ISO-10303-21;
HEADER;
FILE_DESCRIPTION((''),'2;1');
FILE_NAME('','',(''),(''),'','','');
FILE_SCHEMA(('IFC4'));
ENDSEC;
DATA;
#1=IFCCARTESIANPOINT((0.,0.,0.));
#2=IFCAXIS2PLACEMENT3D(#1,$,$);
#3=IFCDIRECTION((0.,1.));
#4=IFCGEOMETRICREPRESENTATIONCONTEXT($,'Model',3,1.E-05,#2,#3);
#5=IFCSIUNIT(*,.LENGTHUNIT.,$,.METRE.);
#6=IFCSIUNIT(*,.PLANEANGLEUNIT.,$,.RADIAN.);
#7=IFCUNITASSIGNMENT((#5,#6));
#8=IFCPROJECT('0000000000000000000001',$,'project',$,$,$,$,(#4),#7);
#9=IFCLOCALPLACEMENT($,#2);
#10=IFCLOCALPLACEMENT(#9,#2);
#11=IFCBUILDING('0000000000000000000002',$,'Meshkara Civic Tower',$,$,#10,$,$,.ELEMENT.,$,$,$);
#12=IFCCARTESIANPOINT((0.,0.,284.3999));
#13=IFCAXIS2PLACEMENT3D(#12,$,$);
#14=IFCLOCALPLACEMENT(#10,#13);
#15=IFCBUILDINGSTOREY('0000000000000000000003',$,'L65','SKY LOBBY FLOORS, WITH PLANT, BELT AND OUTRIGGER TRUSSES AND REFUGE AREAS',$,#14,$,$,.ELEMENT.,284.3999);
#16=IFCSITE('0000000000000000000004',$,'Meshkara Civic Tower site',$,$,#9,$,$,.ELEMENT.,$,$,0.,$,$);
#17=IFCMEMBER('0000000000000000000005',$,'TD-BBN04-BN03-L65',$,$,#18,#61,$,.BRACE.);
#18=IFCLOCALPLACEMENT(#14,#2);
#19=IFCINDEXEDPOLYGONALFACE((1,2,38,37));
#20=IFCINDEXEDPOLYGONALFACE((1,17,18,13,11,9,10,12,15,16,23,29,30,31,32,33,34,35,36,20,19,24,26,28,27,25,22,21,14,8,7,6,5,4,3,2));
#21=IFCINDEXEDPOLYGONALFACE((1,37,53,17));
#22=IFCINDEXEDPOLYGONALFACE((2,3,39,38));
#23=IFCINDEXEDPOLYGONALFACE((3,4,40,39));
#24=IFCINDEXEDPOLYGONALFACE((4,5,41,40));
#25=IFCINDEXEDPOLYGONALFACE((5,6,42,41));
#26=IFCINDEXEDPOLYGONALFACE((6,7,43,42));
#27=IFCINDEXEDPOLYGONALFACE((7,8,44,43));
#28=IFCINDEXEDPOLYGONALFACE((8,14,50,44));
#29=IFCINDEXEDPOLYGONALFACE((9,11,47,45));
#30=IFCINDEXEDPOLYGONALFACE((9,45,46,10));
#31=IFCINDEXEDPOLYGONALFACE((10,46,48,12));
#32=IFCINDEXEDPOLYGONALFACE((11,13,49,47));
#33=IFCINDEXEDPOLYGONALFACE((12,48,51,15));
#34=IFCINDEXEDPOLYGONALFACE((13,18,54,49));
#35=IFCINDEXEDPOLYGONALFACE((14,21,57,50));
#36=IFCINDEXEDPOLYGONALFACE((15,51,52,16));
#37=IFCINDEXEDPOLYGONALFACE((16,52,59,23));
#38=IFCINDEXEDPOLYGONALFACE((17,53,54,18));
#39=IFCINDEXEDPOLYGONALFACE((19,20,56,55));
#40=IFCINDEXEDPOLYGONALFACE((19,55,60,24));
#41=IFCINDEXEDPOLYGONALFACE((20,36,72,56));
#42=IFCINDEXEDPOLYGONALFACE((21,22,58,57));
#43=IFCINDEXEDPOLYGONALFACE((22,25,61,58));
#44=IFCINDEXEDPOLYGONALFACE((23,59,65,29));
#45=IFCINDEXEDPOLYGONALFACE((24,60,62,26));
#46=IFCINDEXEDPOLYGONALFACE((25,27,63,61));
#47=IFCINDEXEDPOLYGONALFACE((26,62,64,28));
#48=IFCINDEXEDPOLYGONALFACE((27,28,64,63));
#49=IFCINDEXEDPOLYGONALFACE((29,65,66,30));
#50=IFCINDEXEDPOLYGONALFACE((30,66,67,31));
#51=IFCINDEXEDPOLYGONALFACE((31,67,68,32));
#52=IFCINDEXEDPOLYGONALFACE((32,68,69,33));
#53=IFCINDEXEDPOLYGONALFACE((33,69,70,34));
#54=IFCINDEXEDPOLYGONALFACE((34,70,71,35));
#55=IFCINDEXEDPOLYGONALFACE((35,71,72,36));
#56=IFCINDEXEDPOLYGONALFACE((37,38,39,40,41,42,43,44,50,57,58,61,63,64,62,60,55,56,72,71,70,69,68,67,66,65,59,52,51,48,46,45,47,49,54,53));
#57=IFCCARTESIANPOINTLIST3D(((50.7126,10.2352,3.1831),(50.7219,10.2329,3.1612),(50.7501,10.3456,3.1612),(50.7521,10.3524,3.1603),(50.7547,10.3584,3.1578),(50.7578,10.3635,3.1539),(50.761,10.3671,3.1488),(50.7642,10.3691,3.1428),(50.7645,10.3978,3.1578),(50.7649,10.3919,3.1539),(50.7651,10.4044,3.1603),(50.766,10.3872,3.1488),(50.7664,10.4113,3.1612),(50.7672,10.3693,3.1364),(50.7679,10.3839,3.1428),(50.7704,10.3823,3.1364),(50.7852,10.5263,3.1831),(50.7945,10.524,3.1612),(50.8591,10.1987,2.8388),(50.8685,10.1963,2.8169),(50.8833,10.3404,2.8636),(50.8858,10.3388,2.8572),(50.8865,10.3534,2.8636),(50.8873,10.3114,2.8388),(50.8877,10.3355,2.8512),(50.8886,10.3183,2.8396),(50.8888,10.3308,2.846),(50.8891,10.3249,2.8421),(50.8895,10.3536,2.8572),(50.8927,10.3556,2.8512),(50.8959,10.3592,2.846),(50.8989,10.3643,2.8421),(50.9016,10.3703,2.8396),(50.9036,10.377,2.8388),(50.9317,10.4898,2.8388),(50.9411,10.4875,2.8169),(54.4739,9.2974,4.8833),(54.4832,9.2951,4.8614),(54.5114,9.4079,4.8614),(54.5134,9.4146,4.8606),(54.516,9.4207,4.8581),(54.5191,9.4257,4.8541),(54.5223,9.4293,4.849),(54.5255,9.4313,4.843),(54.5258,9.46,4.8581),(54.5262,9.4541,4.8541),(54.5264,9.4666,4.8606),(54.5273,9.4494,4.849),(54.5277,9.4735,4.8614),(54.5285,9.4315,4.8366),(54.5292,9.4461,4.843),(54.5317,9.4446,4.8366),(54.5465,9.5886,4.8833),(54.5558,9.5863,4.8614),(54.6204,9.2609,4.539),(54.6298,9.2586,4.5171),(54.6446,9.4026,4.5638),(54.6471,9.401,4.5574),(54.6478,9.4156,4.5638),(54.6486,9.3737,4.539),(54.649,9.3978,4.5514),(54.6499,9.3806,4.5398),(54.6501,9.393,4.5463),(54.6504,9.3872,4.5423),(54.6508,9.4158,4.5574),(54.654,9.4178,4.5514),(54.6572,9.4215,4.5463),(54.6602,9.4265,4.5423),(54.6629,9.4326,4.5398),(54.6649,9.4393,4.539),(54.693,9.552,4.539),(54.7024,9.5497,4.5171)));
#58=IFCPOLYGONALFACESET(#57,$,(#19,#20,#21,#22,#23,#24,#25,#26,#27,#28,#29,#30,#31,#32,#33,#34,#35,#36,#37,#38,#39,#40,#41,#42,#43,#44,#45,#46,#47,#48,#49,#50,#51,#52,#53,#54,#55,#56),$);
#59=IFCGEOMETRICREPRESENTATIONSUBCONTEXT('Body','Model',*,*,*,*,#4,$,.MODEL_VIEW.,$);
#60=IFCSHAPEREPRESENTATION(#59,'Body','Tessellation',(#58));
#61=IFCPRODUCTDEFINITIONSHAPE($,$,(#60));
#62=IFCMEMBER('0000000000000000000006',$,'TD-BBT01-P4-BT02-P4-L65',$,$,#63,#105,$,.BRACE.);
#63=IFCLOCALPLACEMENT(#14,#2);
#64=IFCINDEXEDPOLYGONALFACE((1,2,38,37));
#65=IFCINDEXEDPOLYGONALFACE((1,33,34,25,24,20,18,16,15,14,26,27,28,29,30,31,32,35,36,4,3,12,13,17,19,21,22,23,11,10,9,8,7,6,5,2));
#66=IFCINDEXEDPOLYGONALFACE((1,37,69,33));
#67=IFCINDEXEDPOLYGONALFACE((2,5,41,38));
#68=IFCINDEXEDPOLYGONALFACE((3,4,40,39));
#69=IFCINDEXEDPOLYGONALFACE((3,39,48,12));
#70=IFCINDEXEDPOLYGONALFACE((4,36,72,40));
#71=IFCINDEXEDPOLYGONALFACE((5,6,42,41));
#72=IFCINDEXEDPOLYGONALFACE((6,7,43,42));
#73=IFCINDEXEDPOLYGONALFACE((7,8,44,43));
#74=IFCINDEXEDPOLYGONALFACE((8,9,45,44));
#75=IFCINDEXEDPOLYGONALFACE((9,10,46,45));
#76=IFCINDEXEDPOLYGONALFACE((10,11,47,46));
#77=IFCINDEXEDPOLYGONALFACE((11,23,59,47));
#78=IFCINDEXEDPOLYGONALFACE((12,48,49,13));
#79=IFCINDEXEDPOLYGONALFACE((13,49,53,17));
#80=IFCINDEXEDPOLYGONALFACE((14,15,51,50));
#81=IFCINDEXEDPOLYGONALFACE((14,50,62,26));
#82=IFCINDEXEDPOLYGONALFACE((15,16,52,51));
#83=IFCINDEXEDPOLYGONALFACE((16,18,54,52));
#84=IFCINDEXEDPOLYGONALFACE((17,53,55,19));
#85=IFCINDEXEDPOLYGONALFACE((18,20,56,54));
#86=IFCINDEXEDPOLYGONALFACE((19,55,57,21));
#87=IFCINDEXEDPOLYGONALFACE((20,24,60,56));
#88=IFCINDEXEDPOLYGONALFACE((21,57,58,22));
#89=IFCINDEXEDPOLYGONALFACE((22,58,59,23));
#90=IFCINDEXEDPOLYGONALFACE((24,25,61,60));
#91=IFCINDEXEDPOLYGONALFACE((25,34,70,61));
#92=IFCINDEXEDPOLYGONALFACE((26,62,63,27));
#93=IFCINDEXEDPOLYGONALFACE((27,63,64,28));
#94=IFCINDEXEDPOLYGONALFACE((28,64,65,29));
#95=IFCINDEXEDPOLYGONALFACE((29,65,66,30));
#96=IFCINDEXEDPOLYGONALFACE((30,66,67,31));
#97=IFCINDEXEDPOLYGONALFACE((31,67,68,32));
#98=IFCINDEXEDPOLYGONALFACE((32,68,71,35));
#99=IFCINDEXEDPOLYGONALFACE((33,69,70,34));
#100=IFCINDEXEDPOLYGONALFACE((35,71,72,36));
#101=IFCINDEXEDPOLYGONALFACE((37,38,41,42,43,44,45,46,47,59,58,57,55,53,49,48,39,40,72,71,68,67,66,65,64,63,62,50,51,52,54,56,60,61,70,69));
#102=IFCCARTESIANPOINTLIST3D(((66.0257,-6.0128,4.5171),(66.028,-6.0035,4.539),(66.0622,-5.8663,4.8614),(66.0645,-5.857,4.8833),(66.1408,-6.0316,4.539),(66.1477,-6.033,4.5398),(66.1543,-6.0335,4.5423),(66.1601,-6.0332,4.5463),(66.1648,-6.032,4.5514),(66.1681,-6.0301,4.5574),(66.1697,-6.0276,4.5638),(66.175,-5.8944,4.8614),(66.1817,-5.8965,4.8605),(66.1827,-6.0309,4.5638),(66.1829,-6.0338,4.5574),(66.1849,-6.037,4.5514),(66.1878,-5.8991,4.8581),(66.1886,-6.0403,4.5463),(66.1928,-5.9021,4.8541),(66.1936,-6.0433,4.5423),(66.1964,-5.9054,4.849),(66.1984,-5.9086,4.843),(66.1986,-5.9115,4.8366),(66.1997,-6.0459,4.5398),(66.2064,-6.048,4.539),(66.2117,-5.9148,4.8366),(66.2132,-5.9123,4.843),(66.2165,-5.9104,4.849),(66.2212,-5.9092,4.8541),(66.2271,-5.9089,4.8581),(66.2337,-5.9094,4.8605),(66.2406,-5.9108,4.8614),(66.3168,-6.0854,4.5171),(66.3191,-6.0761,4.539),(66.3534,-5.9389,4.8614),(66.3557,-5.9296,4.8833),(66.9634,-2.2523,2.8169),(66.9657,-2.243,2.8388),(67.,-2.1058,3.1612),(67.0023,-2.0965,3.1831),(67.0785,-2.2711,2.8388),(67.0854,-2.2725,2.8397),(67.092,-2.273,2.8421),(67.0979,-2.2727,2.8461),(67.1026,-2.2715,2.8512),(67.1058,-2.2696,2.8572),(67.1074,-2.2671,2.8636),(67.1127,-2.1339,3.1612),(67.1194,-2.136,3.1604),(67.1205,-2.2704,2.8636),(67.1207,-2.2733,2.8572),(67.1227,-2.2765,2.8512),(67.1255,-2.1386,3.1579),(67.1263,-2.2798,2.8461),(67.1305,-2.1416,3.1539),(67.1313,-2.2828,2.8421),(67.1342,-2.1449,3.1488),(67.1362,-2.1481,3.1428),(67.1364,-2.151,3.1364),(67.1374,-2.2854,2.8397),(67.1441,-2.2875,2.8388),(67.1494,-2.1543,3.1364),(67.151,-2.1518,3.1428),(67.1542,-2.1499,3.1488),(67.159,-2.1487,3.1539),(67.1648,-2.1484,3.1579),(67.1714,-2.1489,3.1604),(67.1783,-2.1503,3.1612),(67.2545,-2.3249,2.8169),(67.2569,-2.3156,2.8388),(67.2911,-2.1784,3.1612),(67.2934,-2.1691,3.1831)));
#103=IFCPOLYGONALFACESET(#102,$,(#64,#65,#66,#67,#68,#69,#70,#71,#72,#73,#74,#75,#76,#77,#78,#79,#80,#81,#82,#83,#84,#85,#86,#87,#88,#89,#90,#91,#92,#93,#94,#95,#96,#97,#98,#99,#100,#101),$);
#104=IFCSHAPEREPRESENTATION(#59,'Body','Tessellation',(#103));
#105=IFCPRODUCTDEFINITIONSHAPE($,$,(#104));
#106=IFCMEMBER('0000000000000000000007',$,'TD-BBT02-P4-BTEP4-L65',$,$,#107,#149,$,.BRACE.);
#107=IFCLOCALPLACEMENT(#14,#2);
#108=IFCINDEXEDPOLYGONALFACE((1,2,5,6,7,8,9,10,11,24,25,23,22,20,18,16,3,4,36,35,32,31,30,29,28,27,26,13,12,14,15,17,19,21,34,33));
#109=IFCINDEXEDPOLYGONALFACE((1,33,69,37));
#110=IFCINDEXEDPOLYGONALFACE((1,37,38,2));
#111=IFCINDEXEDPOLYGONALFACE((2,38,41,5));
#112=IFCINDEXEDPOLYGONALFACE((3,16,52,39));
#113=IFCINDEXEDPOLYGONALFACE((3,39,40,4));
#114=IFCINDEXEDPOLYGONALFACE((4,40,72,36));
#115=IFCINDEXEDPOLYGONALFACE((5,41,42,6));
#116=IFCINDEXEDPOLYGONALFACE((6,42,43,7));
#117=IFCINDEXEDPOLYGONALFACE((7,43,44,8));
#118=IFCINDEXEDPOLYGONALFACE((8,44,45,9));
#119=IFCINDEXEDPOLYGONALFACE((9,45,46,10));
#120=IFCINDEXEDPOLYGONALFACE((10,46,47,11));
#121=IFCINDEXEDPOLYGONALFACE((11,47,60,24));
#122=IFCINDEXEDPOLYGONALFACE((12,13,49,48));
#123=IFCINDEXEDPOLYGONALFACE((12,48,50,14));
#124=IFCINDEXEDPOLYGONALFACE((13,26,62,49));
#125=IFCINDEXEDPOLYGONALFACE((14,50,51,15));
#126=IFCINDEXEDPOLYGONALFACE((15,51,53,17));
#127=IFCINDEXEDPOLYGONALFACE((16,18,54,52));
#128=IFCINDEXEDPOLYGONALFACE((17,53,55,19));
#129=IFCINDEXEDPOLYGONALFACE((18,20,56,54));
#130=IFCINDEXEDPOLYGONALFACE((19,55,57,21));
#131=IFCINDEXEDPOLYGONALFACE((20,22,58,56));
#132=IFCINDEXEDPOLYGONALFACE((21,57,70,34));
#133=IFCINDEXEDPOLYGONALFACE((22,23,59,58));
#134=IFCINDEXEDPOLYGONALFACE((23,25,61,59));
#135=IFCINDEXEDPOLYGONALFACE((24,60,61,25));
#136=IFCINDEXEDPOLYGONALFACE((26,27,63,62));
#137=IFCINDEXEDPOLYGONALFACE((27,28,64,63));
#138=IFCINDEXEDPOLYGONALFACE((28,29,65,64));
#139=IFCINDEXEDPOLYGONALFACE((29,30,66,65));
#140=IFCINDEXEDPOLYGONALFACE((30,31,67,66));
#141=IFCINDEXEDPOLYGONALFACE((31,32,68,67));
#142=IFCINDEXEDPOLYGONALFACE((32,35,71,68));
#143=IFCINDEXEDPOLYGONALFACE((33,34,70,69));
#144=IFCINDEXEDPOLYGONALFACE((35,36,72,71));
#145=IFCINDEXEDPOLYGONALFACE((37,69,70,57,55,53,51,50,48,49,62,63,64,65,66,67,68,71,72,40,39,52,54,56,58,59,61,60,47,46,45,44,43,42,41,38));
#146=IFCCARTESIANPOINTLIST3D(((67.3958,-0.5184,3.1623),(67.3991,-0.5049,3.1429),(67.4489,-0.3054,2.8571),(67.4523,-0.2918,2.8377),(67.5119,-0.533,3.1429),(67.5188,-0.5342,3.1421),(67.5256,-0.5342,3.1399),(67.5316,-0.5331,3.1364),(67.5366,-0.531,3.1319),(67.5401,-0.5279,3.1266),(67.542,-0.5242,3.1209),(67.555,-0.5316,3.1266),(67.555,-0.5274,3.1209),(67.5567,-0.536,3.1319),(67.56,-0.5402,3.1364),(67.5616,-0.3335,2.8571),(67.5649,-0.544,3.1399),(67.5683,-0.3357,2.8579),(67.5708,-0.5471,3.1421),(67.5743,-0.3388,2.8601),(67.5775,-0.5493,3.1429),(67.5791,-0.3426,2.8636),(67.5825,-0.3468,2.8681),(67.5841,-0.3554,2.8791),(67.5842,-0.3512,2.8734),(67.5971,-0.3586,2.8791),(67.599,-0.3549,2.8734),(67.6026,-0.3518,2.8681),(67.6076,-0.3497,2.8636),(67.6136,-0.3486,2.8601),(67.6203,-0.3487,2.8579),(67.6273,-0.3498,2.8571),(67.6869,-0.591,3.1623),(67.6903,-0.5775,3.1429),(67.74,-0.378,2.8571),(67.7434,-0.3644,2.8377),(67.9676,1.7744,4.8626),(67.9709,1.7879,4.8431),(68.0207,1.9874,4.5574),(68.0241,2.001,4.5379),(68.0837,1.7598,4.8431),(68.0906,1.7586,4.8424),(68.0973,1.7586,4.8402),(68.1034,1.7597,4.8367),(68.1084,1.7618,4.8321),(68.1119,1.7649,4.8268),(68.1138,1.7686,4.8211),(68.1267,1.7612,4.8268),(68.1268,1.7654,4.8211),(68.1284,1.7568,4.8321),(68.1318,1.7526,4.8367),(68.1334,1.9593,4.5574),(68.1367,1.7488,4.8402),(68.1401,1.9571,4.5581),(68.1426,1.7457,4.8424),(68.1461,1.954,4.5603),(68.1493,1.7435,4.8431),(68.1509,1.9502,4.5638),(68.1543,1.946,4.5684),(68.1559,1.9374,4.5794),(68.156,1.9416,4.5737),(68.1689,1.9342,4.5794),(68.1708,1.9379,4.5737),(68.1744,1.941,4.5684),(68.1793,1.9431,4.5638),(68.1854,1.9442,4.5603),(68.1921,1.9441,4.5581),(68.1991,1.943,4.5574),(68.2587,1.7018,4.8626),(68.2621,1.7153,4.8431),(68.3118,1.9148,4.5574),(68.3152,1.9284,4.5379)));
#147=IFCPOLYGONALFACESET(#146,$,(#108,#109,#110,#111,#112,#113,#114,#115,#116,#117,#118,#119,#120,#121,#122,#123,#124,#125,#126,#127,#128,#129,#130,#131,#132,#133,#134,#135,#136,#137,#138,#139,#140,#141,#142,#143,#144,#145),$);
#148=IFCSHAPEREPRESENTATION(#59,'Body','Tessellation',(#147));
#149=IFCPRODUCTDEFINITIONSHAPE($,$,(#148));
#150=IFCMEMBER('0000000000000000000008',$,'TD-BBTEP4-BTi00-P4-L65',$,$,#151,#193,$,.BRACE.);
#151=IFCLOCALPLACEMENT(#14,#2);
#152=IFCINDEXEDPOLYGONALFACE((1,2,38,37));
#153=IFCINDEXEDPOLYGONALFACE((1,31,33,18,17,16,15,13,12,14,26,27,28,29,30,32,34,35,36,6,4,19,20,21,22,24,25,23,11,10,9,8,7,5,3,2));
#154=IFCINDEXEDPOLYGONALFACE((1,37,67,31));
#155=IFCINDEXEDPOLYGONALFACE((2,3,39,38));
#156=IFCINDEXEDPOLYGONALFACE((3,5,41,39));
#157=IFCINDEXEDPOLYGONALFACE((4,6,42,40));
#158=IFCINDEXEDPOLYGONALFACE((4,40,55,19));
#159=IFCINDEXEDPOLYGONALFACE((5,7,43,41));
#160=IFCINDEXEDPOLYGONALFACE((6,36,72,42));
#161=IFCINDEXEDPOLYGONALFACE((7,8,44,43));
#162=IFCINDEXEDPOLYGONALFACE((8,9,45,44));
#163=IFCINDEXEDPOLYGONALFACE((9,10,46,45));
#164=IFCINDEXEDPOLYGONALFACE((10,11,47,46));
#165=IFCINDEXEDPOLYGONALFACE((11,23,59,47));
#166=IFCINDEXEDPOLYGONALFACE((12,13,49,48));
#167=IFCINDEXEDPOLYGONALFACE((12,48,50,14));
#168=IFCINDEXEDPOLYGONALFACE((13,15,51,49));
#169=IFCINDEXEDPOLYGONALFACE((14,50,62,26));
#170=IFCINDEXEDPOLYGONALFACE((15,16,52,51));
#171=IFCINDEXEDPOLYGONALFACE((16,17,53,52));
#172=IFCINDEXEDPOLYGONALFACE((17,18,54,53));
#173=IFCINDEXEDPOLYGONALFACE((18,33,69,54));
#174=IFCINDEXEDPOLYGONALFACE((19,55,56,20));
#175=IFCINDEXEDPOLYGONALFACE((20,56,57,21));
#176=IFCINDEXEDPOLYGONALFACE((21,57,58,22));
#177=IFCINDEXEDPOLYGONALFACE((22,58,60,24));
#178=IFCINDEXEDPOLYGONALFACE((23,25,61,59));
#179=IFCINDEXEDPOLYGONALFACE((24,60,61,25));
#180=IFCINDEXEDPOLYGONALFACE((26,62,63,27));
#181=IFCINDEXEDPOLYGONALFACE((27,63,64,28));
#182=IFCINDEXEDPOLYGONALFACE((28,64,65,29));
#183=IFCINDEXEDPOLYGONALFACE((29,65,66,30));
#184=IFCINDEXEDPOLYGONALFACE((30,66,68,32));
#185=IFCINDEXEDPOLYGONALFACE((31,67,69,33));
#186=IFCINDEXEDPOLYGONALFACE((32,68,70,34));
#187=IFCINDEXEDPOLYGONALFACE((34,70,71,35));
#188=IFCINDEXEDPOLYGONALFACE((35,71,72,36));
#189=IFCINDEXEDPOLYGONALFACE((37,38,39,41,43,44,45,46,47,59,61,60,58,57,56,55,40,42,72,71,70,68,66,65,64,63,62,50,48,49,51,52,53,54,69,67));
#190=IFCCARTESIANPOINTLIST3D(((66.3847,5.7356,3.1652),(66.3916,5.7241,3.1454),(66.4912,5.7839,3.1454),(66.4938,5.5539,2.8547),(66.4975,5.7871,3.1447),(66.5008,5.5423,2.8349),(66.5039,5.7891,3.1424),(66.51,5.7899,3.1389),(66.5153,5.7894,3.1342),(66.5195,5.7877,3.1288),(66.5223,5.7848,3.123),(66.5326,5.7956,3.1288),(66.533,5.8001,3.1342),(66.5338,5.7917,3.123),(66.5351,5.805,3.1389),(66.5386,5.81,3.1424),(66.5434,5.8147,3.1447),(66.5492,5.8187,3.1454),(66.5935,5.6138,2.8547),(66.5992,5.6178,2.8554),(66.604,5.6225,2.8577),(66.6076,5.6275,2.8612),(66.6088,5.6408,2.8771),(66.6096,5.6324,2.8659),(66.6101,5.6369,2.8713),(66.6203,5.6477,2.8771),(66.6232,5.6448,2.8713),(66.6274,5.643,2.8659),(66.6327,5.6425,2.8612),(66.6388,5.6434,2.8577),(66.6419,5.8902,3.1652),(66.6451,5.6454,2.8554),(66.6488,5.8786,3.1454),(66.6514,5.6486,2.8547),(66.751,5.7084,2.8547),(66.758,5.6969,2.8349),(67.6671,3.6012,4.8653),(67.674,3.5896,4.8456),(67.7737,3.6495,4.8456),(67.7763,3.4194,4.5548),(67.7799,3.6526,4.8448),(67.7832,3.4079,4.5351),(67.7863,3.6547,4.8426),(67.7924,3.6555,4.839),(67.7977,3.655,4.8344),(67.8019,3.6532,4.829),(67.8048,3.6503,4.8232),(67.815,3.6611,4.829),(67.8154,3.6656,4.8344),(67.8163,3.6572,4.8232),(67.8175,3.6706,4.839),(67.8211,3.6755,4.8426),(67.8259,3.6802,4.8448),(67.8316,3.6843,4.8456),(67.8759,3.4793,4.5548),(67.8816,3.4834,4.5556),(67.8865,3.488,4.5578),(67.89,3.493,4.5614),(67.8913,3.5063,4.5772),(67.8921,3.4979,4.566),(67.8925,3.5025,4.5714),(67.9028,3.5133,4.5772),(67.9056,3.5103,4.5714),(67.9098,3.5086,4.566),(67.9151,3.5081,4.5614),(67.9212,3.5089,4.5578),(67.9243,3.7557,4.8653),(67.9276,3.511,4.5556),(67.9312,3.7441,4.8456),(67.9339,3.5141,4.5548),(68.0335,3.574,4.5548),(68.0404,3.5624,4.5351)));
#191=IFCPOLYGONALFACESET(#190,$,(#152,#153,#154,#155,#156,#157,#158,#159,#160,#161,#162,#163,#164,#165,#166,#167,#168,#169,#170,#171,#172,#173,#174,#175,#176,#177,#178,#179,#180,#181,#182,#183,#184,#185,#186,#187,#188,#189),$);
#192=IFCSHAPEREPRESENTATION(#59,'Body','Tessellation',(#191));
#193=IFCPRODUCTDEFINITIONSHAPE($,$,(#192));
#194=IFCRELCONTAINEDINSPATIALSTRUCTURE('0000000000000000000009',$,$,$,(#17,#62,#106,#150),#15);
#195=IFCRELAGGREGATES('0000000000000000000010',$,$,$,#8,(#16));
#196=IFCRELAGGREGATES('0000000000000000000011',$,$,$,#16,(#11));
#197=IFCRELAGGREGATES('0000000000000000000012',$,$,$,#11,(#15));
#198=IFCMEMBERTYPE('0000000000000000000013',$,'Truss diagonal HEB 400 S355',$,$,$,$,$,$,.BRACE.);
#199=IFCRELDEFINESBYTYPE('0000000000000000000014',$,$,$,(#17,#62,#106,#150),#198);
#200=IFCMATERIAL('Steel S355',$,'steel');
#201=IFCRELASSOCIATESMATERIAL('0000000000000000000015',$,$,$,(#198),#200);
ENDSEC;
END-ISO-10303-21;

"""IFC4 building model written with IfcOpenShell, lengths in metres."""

from ifc_helpers import new_model, si_unit, direction, frame, origin, origin_2d, place, context, subcontext, project, spatial, i_section, extrude, material, material_profile, profile_set, type_object, element, save


model = new_model("IFC4")

# Units and contexts
model_context = context("Model", 3, precision=1e-05, world=origin(), true_north=direction((0.0, 1.0)))
body_context = subcontext(model_context, "Body", "Model", "MODEL_VIEW")
ifc_project = project(units=[si_unit("LENGTHUNIT", "METRE"), si_unit("PLANEANGLEUNIT", "RADIAN")], contexts=[model_context])

# Site, building, storey
site_placement = place(None, origin())
site = spatial("IfcSite", under=ifc_project, at=site_placement, Name="Meshkara Civic Tower site", CompositionType="ELEMENT", RefElevation=0.0)
building_placement = place(site_placement, origin())
building = spatial("IfcBuilding", under=site, at=building_placement, Name="Meshkara Civic Tower", CompositionType="ELEMENT")
storey_placement = place(building_placement, frame((0.0, 0.0, 284.3999)))
storey = spatial("IfcBuildingStorey", under=building, at=storey_placement, Name="L65", Description="SKY LOBBY FLOORS, WITH PLANT, BELT AND OUTRIGGER TRUSSES AND REFUGE AREAS", CompositionType="ELEMENT", Elevation=284.3999)

# Members
ifc_material_1 = material(Name="Steel S355", Category="steel")
ifc_material_profile_1 = material_profile(ifc_material_1, i_section(OverallWidth=0.3, OverallDepth=0.3999, WebThickness=0.0134, FlangeThickness=0.0239, FilletRadius=0.0271, at=origin_2d()))
ifc_profile_set_1 = profile_set([ifc_material_profile_1], Name="Steel S355")
member_type = type_object("IfcMemberType", Name="Truss diagonal HEB 400 S355", PredefinedType="BRACE", material=ifc_profile_set_1)
member_1_placement = place(storey_placement, frame((54.5881, 9.4236, 4.7002), z_axis=(-0.888584, 0.221541, -0.401668), x_axis=(-0.241913, -0.970298, 0.0)))
element("IfcMember", 1, at=member_1_placement, inside=storey, type_object=member_type, Name="TD-BBN04-BN03-L65", PredefinedType="BRACE", context=body_context, shape_type="SweptSolid", body=[
    extrude(i_section(OverallWidth=0.3, OverallDepth=0.3999, WebThickness=0.0134, FlangeThickness=0.0239, FilletRadius=0.0271, at=origin_2d()), origin(), (0.0, 0.0, 1.0), 4.2329),
])
member_2_placement = place(storey_placement, frame((66.1907, -5.9712, 4.7002), z_axis=(0.221575, 0.888548, -0.40173), x_axis=(-0.970287, 0.241958, 0.0)))
element("IfcMember", 2, at=member_2_placement, inside=storey, type_object=member_type, Name="TD-BBT01-P4-BT02-P4-L65", PredefinedType="BRACE", context=body_context, shape_type="SweptSolid", body=[
    extrude(i_section(OverallWidth=0.3, OverallDepth=0.3999, WebThickness=0.0134, FlangeThickness=0.0239, FilletRadius=0.0271, at=origin_2d()), origin(), (0.0, 0.0, 1.0), 4.2322),
])
member_3_placement = place(storey_placement, frame((67.5696, -0.4414, 3.0), z_axis=(0.196417, 0.787595, 0.58405), x_axis=(-0.970282, 0.241976, 0.0)))
element("IfcMember", 3, at=member_3_placement, inside=storey, type_object=member_type, Name="TD-BBT02-P4-BTEP4-L65", PredefinedType="BRACE", context=body_context, shape_type="SweptSolid", body=[
    extrude(i_section(OverallWidth=0.3, OverallDepth=0.3999, WebThickness=0.0134, FlangeThickness=0.0239, FilletRadius=0.0271, at=origin_2d()), origin(), (0.0, 0.0, 1.0), 2.9111),
])
member_4_placement = place(storey_placement, frame((67.8538, 3.5818, 4.7002), z_axis=(-0.425332, 0.707915, -0.56387), x_axis=(-0.857181, -0.515015, 0.0)))
element("IfcMember", 4, at=member_4_placement, inside=storey, type_object=member_type, Name="TD-BBTEP4-BTi00-P4-L65", PredefinedType="BRACE", context=body_context, shape_type="SweptSolid", body=[
    extrude(i_section(OverallWidth=0.3, OverallDepth=0.3999, WebThickness=0.0134, FlangeThickness=0.0239, FilletRadius=0.0271, at=origin_2d()), origin(), (0.0, 0.0, 1.0), 3.0151),
])

save(model, "model.ifc")
